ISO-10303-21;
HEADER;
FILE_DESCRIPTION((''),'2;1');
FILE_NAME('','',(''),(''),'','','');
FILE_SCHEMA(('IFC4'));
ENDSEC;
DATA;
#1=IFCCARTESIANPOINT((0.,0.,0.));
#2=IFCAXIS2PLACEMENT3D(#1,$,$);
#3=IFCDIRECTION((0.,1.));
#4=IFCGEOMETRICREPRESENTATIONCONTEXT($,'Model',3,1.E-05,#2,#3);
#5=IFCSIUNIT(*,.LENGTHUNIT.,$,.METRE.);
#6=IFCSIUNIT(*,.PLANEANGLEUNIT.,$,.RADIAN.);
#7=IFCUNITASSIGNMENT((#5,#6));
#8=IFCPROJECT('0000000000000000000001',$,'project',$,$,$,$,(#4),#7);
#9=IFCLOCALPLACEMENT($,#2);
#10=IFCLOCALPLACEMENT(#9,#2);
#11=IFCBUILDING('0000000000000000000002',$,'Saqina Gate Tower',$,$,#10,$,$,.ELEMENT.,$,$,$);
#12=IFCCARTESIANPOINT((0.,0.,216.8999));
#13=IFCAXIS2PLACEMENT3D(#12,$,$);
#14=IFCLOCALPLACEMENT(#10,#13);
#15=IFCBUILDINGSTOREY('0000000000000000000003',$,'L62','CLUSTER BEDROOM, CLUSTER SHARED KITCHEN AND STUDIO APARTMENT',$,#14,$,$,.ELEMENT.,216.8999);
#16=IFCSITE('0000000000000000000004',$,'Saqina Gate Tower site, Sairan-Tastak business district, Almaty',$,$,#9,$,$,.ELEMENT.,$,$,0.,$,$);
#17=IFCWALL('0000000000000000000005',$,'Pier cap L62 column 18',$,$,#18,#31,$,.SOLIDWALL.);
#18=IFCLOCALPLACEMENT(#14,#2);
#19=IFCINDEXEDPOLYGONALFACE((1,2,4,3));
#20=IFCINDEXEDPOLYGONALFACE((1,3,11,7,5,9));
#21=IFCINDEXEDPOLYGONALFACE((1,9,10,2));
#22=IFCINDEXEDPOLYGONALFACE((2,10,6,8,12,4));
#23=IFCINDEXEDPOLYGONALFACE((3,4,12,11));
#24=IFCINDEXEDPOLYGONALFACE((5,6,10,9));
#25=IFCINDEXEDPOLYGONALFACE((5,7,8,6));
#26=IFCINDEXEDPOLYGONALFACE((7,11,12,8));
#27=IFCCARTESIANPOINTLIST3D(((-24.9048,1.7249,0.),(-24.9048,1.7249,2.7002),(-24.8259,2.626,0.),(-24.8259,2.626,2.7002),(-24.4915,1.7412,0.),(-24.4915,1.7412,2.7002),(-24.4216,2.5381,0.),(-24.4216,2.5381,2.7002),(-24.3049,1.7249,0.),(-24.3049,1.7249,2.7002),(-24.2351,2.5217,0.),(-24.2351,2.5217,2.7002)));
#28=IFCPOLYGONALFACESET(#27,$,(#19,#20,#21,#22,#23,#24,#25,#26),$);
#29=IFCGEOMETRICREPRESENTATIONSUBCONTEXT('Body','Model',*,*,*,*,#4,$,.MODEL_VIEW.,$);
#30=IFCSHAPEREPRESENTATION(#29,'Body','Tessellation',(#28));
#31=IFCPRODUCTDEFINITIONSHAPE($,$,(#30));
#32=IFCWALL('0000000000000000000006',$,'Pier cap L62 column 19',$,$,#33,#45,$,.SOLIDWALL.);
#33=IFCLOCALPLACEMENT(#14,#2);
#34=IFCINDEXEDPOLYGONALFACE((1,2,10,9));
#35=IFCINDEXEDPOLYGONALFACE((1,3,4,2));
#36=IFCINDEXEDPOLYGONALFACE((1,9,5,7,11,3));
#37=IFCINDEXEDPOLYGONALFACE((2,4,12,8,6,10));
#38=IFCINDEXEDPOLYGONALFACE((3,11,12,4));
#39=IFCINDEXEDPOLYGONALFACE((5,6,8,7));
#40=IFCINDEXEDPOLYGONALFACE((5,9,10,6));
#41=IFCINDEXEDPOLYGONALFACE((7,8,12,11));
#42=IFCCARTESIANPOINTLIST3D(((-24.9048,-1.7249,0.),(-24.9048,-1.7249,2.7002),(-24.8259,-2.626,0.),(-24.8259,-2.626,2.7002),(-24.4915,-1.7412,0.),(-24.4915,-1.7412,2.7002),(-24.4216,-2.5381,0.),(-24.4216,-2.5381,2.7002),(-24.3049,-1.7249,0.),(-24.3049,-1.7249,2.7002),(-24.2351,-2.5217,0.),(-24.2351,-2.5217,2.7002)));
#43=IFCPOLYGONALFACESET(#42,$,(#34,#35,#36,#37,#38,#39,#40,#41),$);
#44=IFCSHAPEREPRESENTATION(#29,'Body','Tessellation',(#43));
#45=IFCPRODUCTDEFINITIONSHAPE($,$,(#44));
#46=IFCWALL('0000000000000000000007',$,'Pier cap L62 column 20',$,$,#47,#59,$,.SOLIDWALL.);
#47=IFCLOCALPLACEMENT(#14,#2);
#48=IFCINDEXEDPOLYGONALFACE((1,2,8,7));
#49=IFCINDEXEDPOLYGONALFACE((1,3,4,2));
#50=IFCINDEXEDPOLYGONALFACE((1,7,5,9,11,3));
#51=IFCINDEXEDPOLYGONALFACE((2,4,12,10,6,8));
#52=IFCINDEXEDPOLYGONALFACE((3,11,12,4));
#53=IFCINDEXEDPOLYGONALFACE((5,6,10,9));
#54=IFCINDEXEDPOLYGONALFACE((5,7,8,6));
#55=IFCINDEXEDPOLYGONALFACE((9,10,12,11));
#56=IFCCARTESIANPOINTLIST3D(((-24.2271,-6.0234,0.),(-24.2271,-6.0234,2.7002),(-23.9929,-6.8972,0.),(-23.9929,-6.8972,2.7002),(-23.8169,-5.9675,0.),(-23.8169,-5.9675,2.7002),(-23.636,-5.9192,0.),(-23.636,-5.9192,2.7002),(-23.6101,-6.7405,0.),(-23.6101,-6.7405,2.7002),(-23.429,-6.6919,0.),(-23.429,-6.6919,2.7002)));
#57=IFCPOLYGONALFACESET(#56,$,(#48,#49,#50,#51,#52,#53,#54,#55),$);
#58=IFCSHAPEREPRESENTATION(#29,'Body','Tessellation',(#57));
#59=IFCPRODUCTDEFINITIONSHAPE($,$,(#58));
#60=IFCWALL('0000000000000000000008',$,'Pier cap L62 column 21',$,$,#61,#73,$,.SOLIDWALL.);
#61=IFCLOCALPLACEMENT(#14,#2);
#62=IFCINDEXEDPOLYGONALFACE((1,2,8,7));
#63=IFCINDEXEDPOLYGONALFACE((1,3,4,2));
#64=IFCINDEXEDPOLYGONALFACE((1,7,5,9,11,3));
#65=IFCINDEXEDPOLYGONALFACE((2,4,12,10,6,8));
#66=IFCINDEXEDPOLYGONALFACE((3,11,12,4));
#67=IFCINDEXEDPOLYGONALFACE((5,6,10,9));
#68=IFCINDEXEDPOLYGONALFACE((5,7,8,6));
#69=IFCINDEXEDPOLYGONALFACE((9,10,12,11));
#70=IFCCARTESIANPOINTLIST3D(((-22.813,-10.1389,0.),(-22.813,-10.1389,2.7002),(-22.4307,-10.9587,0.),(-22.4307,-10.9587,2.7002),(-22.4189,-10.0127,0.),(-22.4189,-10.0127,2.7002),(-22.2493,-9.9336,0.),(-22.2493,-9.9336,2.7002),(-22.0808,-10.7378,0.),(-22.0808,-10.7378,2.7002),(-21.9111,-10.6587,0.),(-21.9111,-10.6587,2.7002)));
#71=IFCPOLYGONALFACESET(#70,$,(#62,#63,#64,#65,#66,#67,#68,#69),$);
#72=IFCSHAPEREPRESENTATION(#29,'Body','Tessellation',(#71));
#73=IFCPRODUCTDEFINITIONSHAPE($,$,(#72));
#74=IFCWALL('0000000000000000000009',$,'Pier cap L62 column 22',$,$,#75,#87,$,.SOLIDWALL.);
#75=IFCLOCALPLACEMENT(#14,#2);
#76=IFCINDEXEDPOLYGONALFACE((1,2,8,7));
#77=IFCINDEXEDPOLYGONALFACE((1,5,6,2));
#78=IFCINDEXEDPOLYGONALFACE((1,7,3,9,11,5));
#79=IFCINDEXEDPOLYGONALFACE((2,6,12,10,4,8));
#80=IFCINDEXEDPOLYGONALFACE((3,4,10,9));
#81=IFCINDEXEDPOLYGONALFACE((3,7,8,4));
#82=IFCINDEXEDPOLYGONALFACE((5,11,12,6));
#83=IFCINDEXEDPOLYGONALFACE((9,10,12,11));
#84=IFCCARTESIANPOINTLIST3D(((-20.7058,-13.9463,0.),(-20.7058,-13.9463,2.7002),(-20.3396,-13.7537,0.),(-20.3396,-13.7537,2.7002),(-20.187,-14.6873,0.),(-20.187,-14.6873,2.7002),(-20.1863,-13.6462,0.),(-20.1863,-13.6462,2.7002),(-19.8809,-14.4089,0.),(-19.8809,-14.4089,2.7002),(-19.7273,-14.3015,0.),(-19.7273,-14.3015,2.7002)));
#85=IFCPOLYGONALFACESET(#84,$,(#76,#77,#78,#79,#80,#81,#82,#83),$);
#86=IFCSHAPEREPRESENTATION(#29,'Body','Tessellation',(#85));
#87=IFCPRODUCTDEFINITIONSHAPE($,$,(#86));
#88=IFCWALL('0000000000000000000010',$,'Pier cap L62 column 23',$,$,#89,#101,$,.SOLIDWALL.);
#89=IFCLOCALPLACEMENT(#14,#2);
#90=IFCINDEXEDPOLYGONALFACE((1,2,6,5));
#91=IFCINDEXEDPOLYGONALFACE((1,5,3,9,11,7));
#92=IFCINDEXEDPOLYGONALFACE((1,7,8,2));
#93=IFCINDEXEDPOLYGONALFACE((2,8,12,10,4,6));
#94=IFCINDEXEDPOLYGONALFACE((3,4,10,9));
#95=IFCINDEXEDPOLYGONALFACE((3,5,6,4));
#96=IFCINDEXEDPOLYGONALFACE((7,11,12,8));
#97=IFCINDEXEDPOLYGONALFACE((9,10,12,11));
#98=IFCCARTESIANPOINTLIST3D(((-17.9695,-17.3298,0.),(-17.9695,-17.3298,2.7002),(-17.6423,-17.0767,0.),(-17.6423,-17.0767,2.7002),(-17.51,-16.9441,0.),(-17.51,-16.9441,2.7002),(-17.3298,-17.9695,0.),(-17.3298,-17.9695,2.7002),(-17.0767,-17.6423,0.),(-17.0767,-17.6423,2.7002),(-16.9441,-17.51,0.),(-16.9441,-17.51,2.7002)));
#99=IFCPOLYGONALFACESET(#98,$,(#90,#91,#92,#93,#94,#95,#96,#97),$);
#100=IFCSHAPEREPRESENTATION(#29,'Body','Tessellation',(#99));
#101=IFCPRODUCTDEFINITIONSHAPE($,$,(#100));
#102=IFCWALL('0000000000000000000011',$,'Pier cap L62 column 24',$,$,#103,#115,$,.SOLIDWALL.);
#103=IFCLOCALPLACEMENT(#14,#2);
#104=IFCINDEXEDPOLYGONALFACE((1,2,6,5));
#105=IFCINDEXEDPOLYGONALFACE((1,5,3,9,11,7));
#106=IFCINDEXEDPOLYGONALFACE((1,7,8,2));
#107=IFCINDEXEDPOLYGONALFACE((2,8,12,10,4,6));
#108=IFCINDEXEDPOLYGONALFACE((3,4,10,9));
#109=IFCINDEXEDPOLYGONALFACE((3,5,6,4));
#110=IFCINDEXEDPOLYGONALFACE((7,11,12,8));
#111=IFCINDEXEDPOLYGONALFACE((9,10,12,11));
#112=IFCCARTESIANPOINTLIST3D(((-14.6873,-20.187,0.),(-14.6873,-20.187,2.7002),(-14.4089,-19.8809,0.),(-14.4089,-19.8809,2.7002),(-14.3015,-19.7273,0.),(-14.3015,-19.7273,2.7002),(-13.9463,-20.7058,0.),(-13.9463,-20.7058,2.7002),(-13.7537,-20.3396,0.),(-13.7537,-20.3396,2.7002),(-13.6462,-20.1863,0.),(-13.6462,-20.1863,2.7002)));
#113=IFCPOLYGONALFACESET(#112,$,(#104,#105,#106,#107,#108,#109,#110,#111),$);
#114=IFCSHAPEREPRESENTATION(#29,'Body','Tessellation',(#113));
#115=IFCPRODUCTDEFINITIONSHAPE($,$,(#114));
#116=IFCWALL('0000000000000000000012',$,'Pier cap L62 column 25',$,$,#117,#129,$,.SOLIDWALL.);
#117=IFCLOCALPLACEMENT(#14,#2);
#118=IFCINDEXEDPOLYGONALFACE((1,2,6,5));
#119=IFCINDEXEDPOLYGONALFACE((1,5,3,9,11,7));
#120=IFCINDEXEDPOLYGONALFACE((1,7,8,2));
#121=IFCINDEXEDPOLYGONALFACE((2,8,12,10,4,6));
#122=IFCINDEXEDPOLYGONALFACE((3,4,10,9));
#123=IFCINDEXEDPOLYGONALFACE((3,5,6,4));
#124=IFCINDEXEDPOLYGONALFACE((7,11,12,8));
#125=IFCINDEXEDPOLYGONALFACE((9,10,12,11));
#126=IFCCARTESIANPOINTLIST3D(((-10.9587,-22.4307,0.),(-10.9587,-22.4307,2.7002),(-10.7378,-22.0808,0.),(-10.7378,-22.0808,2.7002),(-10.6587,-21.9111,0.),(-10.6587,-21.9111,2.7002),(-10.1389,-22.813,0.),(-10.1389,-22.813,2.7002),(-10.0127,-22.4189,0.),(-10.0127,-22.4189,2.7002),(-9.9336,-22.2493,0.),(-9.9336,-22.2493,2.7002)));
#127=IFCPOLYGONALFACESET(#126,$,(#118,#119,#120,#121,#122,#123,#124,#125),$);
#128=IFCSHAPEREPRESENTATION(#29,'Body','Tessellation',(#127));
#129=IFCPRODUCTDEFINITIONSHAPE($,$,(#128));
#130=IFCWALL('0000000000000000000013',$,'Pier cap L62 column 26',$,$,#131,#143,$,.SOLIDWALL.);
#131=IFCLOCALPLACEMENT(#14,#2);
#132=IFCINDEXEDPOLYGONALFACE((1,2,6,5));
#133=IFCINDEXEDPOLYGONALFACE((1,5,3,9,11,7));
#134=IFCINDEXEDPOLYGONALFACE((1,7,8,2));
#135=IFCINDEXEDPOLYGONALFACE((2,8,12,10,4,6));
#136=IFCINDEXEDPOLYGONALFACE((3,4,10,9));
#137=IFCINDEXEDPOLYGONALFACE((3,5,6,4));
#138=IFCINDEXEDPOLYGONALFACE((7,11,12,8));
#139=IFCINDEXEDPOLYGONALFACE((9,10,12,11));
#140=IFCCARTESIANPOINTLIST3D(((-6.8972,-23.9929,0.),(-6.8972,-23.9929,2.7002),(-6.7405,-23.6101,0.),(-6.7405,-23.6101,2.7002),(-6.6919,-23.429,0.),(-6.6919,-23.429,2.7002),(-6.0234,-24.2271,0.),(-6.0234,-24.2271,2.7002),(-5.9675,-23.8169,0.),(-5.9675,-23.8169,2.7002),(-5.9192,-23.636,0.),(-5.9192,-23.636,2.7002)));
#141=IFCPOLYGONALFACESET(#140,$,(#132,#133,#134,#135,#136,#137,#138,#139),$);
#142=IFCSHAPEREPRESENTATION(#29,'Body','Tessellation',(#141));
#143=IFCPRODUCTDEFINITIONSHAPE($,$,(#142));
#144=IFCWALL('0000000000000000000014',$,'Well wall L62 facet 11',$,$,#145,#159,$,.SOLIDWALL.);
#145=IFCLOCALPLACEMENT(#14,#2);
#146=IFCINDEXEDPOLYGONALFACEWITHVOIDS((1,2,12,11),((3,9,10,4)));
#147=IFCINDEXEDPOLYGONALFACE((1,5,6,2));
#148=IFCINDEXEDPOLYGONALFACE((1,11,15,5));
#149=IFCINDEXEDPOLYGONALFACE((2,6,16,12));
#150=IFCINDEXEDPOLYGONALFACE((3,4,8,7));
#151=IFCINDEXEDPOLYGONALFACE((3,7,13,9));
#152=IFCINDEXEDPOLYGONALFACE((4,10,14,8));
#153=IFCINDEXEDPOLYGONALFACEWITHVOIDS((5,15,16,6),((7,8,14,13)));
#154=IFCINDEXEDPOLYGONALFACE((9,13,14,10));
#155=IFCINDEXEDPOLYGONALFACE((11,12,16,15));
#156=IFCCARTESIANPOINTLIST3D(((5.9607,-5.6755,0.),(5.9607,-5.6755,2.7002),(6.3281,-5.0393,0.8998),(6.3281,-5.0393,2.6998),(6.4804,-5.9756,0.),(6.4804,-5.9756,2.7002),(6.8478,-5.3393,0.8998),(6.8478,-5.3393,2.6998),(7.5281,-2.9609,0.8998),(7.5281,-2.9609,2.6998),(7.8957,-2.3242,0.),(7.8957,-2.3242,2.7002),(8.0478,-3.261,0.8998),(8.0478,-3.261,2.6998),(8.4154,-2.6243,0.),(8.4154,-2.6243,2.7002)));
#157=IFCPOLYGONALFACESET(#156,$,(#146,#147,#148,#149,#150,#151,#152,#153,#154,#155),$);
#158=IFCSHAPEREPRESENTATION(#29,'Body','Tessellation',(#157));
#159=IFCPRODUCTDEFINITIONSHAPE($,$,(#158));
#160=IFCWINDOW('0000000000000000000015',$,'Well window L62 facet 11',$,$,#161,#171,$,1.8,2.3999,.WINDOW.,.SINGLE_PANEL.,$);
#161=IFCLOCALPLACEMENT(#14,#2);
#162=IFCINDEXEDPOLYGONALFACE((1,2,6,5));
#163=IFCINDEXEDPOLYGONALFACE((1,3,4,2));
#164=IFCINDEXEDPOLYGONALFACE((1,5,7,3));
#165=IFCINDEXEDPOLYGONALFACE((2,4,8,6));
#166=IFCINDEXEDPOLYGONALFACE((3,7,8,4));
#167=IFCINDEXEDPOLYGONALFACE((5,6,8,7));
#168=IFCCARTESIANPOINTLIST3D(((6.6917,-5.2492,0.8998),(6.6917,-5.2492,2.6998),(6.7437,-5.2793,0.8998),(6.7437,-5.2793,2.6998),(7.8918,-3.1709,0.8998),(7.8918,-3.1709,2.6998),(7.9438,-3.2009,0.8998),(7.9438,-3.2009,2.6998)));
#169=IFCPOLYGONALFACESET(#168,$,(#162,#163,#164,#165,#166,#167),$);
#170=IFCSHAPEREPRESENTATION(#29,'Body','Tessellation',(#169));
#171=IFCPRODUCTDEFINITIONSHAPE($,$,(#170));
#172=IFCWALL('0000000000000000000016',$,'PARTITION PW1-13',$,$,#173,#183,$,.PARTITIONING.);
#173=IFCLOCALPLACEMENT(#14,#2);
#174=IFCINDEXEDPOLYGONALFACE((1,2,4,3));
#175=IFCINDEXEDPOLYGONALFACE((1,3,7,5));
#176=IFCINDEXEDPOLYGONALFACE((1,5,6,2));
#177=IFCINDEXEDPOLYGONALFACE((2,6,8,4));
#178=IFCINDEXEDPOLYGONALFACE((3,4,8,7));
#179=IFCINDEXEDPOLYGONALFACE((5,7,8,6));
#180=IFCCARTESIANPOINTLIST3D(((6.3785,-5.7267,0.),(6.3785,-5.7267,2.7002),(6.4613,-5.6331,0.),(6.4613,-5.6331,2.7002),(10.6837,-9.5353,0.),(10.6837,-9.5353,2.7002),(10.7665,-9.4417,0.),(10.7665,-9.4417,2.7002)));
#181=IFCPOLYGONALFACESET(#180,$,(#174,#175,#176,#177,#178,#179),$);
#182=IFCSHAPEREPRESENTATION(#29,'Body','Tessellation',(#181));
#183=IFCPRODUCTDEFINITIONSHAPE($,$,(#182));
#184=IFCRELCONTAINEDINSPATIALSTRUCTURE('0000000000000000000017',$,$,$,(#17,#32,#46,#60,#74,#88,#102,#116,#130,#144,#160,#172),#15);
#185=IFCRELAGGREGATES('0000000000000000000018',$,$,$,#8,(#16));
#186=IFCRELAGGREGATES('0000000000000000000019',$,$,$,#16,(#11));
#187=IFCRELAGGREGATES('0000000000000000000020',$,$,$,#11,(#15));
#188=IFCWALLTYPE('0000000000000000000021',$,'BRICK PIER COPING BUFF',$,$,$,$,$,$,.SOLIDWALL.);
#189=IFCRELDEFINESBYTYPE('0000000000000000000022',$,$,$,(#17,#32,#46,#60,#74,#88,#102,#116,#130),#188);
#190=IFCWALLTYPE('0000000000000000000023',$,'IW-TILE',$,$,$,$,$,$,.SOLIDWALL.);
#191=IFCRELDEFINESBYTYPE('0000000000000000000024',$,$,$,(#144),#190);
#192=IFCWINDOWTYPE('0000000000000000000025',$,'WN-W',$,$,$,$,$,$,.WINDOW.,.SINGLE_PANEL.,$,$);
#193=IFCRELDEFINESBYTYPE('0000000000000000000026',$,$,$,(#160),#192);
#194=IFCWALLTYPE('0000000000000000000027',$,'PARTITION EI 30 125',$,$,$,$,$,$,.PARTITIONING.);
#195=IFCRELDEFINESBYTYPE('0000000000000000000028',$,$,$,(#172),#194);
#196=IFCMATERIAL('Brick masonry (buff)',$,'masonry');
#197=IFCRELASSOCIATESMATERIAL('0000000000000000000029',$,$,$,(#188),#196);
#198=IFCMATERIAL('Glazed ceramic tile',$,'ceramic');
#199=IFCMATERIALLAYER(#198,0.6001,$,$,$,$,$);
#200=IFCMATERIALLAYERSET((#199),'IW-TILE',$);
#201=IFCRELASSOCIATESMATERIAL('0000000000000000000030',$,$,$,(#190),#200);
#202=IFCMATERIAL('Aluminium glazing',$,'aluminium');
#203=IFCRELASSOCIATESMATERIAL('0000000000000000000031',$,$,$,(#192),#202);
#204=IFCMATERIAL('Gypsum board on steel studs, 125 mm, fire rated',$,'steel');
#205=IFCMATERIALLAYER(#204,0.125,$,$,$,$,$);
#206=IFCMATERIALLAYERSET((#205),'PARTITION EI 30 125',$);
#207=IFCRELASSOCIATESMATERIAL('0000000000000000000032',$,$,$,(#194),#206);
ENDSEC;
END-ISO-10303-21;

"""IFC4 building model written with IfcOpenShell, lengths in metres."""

from ifc_helpers import new_model, si_unit, direction, frame, frame_2d, origin, place, context, subcontext, project, spatial, polyline, rectangle, outline, extrude, material, layer, layer_set, type_object, element, fill, save


model = new_model("IFC4")

# Units and contexts
model_context = context("Model", 3, precision=1e-05, world=origin(), true_north=direction((0.0, 1.0)))
body_context = subcontext(model_context, "Body", "Model", "MODEL_VIEW")
ifc_project = project(units=[si_unit("LENGTHUNIT", "METRE"), si_unit("PLANEANGLEUNIT", "RADIAN")], contexts=[model_context])

# Site, building, storey
site_placement = place(None, origin())
site = spatial("IfcSite", under=ifc_project, at=site_placement, Name="Saqina Gate Tower site, Sairan-Tastak business district, Almaty", CompositionType="ELEMENT", RefElevation=0.0)
building_placement = place(site_placement, origin())
building = spatial("IfcBuilding", under=site, at=building_placement, Name="Saqina Gate Tower", CompositionType="ELEMENT")
storey_placement = place(building_placement, frame((0.0, 0.0, 216.8999)))
storey = spatial("IfcBuildingStorey", under=building, at=storey_placement, Name="L62", Description="CLUSTER BEDROOM, CLUSTER SHARED KITCHEN AND STUDIO APARTMENT", CompositionType="ELEMENT", Elevation=216.8999)

# Walls
ifc_material_1 = material(Name="Brick masonry (buff)", Category="masonry")
wall_type_1 = type_object("IfcWallType", Name="BRICK PIER COPING BUFF", PredefinedType="SOLIDWALL", material=ifc_material_1)
wall_1_placement = place(storey_placement, origin())
element("IfcWall", 1, at=wall_1_placement, inside=storey, type_object=wall_type_1, Name="Pier cap L62 column 18", PredefinedType="SOLIDWALL", context=body_context, shape_type="SweptSolid", body=[
    extrude(outline(polyline([(-24.8259, 2.626), (-24.9048, 1.7249), (-24.3049, 1.7249), (-24.4915, 1.7412), (-24.4216, 2.5381), (-24.2351, 2.5217), (-24.8259, 2.626)])), origin(), (0.0, 0.0, 1.0), 2.7002),
])
wall_2_placement = place(storey_placement, origin())
element("IfcWall", 2, at=wall_2_placement, inside=storey, type_object=wall_type_1, Name="Pier cap L62 column 19", PredefinedType="SOLIDWALL", context=body_context, shape_type="SweptSolid", body=[
    extrude(outline(polyline([(-24.9048, -1.7249), (-24.8259, -2.626), (-24.2351, -2.5217), (-24.4216, -2.5381), (-24.4915, -1.7412), (-24.3049, -1.7249), (-24.9048, -1.7249)])), origin(), (0.0, 0.0, 1.0), 2.7002),
])
wall_3_placement = place(storey_placement, origin())
element("IfcWall", 3, at=wall_3_placement, inside=storey, type_object=wall_type_1, Name="Pier cap L62 column 20", PredefinedType="SOLIDWALL", context=body_context, shape_type="SweptSolid", body=[
    extrude(outline(polyline([(-24.2271, -6.0234), (-23.9929, -6.8972), (-23.429, -6.6919), (-23.6101, -6.7405), (-23.8169, -5.9675), (-23.636, -5.9192), (-24.2271, -6.0234)])), origin(), (0.0, 0.0, 1.0), 2.7002),
])
wall_4_placement = place(storey_placement, origin())
element("IfcWall", 4, at=wall_4_placement, inside=storey, type_object=wall_type_1, Name="Pier cap L62 column 21", PredefinedType="SOLIDWALL", context=body_context, shape_type="SweptSolid", body=[
    extrude(outline(polyline([(-22.4307, -10.9587), (-21.9111, -10.6587), (-22.0808, -10.7378), (-22.4189, -10.0127), (-22.2493, -9.9336), (-22.813, -10.1389), (-22.4307, -10.9587)])), origin(), (0.0, 0.0, 1.0), 2.7002),
])
wall_5_placement = place(storey_placement, origin())
element("IfcWall", 5, at=wall_5_placement, inside=storey, type_object=wall_type_1, Name="Pier cap L62 column 22", PredefinedType="SOLIDWALL", context=body_context, shape_type="SweptSolid", body=[
    extrude(outline(polyline([(-20.7058, -13.9463), (-20.187, -14.6873), (-19.7273, -14.3015), (-19.8809, -14.4089), (-20.3396, -13.7537), (-20.1863, -13.6462), (-20.7058, -13.9463)])), origin(), (0.0, 0.0, 1.0), 2.7002),
])
wall_6_placement = place(storey_placement, origin())
element("IfcWall", 6, at=wall_6_placement, inside=storey, type_object=wall_type_1, Name="Pier cap L62 column 23", PredefinedType="SOLIDWALL", context=body_context, shape_type="SweptSolid", body=[
    extrude(outline(polyline([(-17.3298, -17.9695), (-16.9441, -17.51), (-17.0767, -17.6423), (-17.6423, -17.0767), (-17.51, -16.9441), (-17.9695, -17.3298), (-17.3298, -17.9695)])), origin(), (0.0, 0.0, 1.0), 2.7002),
])
wall_7_placement = place(storey_placement, origin())
element("IfcWall", 7, at=wall_7_placement, inside=storey, type_object=wall_type_1, Name="Pier cap L62 column 24", PredefinedType="SOLIDWALL", context=body_context, shape_type="SweptSolid", body=[
    extrude(outline(polyline([(-14.6873, -20.187), (-13.9463, -20.7058), (-13.6462, -20.1863), (-13.7537, -20.3396), (-14.4089, -19.8809), (-14.3015, -19.7273), (-14.6873, -20.187)])), origin(), (0.0, 0.0, 1.0), 2.7002),
])
wall_8_placement = place(storey_placement, origin())
element("IfcWall", 8, at=wall_8_placement, inside=storey, type_object=wall_type_1, Name="Pier cap L62 column 25", PredefinedType="SOLIDWALL", context=body_context, shape_type="SweptSolid", body=[
    extrude(outline(polyline([(-10.1389, -22.813), (-9.9336, -22.2493), (-10.0127, -22.4189), (-10.7378, -22.0808), (-10.6587, -21.9111), (-10.9587, -22.4307), (-10.1389, -22.813)])), origin(), (0.0, 0.0, 1.0), 2.7002),
])
wall_9_placement = place(storey_placement, origin())
element("IfcWall", 9, at=wall_9_placement, inside=storey, type_object=wall_type_1, Name="Pier cap L62 column 26", PredefinedType="SOLIDWALL", context=body_context, shape_type="SweptSolid", body=[
    extrude(outline(polyline([(-6.0234, -24.2271), (-5.9192, -23.636), (-5.9675, -23.8169), (-6.7405, -23.6101), (-6.6919, -23.429), (-6.8972, -23.9929), (-6.0234, -24.2271)])), origin(), (0.0, 0.0, 1.0), 2.7002),
])

# Wall, opening, window
ifc_material_2 = material(Name="Glazed ceramic tile", Category="ceramic")
ifc_layer_1 = layer(ifc_material_2, 0.6001)
ifc_layer_set_1 = layer_set([ifc_layer_1], Name="IW-TILE")
wall_type_2 = type_object("IfcWallType", Name="IW-TILE", PredefinedType="SOLIDWALL", material=ifc_layer_set_1)
wall_10_placement = place(storey_placement, frame((6.2205, -5.8257, 0.0), z_axis=(0.0, 0.0, 1.0), x_axis=(0.500034, 0.866006, 0.0)))
wall_10 = element("IfcWall", 10, at=wall_10_placement, inside=storey, type_object=wall_type_2, Name="Well wall L62 facet 11", PredefinedType="SOLIDWALL", context=body_context, shape_type="SweptSolid", body=[
    extrude(rectangle(XDim=3.8699, YDim=0.6001, at=frame_2d((1.9351, 0.0))), origin(), (0.0, 0.0, 1.0), 2.7002),
])
opening_placement = place(wall_10_placement, frame((0.7349, 0.0, 0.8999)))
opening = element("IfcOpeningElement", 11, at=opening_placement, cuts=wall_10, PredefinedType="OPENING", context=body_context, shape_type="SweptSolid", body=[
    extrude(rectangle(XDim=2.3999, YDim=1.8, at=frame_2d((1.2, 0.8999))), frame((0.0, 0.312, 0.0), z_axis=(0.0, -1.0, 0.0), x_axis=(1.0, 0.0, 0.0)), (0.0, 0.0, 1.0), 0.624),
])
ifc_material_3 = material(Name="Aluminium glazing", Category="aluminium")
window_type = type_object("IfcWindowType", Name="WN-W", PartitioningType="SINGLE_PANEL", PredefinedType="WINDOW", material=ifc_material_3)
window_placement = place(opening_placement, origin())
window = element("IfcWindow", 12, at=window_placement, inside=storey, type_object=window_type, Name="Well window L62 facet 11", OverallHeight=1.8, OverallWidth=2.3999, PartitioningType="SINGLE_PANEL", PredefinedType="WINDOW", context=body_context, shape_type="SweptSolid", body=[
    extrude(rectangle(XDim=2.3999, YDim=1.8, at=frame_2d((1.2, 0.8999))), frame((0.0, -0.1199, 0.0), z_axis=(0.0, -1.0, 0.0), x_axis=(1.0, 0.0, 0.0)), (0.0, 0.0, 1.0), 0.0601),
])
fill(opening, window)

# Wall
ifc_material_4 = material(Name="Gypsum board on steel studs, 125 mm, fire rated", Category="steel")
ifc_layer_2 = layer(ifc_material_4, 0.125)
ifc_layer_set_2 = layer_set([ifc_layer_2], Name="PARTITION EI 30 125")
wall_type_3 = type_object("IfcWallType", Name="PARTITION EI 30 125", PredefinedType="PARTITIONING", material=ifc_layer_set_2)
wall_11_placement = place(storey_placement, frame((6.4199, -5.6799, 0.0), z_axis=(0.0, 0.0, 1.0), x_axis=(0.748982, -0.66259, 0.0)))
element("IfcWall", 13, at=wall_11_placement, inside=storey, type_object=wall_type_3, Name="PARTITION PW1-13", PredefinedType="PARTITIONING", context=body_context, shape_type="SweptSolid", body=[
    extrude(rectangle(XDim=5.748, YDim=0.125, at=frame_2d((2.874, 0.0))), origin(), (0.0, 0.0, 1.0), 2.7002),
])

save(model, "model.ifc")
